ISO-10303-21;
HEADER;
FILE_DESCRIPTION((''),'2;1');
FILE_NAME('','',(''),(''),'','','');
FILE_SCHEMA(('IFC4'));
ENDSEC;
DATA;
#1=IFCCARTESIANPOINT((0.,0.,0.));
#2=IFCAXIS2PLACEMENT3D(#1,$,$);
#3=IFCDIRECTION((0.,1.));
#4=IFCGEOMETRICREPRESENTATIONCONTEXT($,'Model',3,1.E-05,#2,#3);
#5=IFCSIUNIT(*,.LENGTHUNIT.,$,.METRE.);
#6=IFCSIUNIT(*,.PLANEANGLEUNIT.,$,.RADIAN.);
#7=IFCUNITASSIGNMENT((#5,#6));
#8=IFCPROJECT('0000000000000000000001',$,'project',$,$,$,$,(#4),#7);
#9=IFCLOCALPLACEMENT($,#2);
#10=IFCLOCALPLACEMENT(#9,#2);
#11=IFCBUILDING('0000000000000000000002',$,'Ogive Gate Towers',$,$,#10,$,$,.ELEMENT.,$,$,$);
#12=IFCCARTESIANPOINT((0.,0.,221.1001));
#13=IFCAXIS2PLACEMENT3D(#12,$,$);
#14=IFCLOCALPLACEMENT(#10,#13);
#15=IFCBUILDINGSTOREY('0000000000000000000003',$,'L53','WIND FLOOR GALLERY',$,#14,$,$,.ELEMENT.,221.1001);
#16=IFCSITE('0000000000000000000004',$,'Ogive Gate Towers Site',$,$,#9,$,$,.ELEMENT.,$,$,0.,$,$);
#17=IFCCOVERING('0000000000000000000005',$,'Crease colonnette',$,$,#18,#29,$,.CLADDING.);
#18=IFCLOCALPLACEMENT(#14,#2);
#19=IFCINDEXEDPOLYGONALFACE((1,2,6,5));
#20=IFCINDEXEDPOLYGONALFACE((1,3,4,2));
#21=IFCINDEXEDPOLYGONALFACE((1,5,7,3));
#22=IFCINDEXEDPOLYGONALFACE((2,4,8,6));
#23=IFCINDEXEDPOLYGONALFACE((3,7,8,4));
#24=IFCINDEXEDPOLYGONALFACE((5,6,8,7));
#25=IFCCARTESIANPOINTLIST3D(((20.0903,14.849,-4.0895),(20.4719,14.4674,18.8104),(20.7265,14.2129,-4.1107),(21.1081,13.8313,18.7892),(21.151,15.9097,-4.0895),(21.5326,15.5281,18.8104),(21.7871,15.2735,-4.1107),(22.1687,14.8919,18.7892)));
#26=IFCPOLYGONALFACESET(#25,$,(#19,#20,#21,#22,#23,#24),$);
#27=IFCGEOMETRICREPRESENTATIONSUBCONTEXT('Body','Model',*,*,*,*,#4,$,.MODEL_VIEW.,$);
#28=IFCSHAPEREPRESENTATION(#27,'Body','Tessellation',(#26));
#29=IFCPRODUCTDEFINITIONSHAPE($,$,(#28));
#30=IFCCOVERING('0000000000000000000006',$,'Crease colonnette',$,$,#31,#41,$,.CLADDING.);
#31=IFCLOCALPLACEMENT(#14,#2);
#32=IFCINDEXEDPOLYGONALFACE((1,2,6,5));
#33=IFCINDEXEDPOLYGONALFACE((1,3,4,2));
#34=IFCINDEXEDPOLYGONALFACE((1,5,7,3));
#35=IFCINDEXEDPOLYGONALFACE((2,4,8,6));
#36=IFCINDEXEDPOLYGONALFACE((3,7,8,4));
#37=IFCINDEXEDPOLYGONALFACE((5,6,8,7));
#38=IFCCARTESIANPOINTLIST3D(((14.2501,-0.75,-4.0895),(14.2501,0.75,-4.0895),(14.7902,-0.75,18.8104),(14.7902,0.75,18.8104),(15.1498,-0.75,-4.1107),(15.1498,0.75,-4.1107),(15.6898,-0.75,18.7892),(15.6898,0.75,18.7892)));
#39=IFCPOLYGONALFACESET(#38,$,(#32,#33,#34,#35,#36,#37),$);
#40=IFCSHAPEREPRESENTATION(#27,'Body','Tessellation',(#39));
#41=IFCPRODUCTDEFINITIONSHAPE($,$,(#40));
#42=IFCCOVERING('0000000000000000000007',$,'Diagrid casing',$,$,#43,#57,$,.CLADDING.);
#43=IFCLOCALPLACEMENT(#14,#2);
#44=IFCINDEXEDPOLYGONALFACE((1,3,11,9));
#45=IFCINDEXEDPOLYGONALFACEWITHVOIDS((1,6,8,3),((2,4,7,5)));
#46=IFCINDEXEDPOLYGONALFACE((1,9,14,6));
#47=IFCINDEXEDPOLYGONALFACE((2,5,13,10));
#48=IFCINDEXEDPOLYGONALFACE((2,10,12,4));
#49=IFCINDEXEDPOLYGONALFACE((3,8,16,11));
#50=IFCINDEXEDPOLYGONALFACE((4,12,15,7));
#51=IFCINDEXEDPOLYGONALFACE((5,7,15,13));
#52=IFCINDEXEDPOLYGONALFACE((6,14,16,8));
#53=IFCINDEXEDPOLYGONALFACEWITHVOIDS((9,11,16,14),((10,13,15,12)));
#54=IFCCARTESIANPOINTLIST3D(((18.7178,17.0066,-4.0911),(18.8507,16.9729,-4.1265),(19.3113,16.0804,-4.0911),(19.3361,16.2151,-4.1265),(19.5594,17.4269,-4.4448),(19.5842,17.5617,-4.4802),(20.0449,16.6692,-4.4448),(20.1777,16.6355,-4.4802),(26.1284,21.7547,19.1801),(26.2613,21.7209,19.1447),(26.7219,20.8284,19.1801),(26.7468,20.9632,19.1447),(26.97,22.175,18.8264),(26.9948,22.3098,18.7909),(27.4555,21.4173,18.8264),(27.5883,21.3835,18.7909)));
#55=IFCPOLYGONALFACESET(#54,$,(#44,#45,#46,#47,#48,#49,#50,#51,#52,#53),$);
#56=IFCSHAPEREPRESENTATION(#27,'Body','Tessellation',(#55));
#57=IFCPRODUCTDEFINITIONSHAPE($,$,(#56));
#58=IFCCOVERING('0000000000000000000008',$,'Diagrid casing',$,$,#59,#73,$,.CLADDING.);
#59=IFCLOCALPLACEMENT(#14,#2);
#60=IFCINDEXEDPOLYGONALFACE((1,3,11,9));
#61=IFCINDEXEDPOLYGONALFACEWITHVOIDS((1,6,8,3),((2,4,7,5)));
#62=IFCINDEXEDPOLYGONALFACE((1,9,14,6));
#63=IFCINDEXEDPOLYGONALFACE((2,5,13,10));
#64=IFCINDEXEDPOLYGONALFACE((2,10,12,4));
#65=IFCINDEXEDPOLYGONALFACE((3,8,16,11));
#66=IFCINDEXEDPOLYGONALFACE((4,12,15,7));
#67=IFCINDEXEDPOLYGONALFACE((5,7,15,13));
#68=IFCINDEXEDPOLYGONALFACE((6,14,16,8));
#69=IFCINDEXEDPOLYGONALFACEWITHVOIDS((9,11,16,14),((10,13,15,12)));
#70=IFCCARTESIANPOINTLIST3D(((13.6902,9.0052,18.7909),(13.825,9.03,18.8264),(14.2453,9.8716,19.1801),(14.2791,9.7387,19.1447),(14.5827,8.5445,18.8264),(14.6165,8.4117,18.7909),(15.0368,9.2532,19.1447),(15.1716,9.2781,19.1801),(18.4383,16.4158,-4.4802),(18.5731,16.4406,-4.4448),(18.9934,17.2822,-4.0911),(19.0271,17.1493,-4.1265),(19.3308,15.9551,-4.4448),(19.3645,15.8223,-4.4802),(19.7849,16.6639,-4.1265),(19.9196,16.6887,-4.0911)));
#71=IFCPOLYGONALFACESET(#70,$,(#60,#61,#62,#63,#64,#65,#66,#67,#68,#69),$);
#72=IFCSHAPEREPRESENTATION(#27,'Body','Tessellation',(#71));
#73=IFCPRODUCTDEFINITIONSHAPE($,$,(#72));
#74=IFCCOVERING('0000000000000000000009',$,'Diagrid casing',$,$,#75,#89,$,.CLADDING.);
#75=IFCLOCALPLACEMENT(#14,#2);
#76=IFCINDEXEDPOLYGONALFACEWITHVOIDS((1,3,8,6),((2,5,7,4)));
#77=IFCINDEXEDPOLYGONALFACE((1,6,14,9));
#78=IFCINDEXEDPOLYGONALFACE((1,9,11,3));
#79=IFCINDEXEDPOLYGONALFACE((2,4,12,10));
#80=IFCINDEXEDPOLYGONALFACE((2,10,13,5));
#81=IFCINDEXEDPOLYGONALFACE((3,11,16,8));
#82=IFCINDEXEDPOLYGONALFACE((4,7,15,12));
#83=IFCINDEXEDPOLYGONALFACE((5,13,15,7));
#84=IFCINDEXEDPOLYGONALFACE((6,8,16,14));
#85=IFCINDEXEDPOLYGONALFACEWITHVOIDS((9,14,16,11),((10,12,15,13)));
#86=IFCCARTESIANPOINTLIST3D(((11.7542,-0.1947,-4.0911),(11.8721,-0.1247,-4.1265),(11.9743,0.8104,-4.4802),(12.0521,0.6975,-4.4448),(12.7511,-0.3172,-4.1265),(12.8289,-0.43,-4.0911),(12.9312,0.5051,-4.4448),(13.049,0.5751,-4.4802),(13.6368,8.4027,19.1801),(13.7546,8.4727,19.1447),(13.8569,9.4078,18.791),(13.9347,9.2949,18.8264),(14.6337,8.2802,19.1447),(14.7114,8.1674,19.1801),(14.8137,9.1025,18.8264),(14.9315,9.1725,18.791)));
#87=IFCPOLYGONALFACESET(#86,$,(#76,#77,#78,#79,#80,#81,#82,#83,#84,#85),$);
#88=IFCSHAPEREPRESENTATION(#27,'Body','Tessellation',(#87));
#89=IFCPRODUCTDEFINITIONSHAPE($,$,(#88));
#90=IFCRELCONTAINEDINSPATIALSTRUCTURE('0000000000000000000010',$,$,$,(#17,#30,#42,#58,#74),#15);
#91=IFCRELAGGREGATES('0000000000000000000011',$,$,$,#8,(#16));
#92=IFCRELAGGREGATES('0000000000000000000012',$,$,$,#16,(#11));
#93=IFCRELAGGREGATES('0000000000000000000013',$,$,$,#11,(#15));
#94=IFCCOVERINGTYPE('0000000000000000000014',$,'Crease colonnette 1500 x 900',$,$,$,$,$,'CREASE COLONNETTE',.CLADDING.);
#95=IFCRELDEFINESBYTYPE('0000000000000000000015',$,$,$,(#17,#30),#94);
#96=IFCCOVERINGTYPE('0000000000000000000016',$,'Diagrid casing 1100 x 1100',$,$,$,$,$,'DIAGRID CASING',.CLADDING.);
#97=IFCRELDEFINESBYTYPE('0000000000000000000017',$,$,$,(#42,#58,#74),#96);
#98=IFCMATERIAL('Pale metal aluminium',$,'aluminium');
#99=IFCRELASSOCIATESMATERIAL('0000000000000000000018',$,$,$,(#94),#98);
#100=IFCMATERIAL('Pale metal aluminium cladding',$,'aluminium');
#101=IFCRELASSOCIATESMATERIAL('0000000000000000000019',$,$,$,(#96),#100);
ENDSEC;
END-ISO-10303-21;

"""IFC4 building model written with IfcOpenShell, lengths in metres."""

from ifc_helpers import new_model, si_unit, direction, frame, origin, origin_2d, place, context, subcontext, project, spatial, rectangle, hollow_rectangle, extrude, material, material_profile, profile_set, type_object, element, save


model = new_model("IFC4")

# Units and contexts
model_context = context("Model", 3, precision=1e-05, world=origin(), true_north=direction((0.0, 1.0)))
body_context = subcontext(model_context, "Body", "Model", "MODEL_VIEW")
ifc_project = project(units=[si_unit("LENGTHUNIT", "METRE"), si_unit("PLANEANGLEUNIT", "RADIAN")], contexts=[model_context])

# Site, building, storey
site_placement = place(None, origin())
site = spatial("IfcSite", under=ifc_project, at=site_placement, Name="Ogive Gate Towers Site", CompositionType="ELEMENT", RefElevation=0.0)
building_placement = place(site_placement, origin())
building = spatial("IfcBuilding", under=site, at=building_placement, Name="Ogive Gate Towers", CompositionType="ELEMENT")
storey_placement = place(building_placement, frame((0.0, 0.0, 221.1001)))
storey = spatial("IfcBuildingStorey", under=building, at=storey_placement, Name="L53", Description="WIND FLOOR GALLERY", CompositionType="ELEMENT", Elevation=221.1001)

# Coverings
ifc_material_1 = material(Name="Pale metal aluminium", Category="aluminium")
ifc_material_profile_1 = material_profile(ifc_material_1, rectangle(XDim=1.5, YDim=0.8999, at=origin_2d()), Name="1500 x 900 pale metal aluminium")
ifc_profile_set_1 = profile_set([ifc_material_profile_1], Name="Pale metal aluminium")
covering_type_1 = type_object("IfcCoveringType", Name="Crease colonnette 1500 x 900", ElementType="CREASE COLONNETTE", PredefinedType="CLADDING", material=ifc_profile_set_1)
for number, where, z_axis, x_axis, name in (
    (1, (20.9387, 15.0613, -4.1001), (0.016659, -0.016659, 0.999722), (0.707107, 0.707107, 0.0), "Crease colonnette"),
    (2, (14.7, 0.0, -4.1001), (0.023576, 0.0, 0.999722), (0.0, 1.0, 0.0), "Crease colonnette"),
):
    element("IfcCovering", number, at=place(storey_placement, frame(where, z_axis=z_axis, x_axis=x_axis)), inside=storey, type_object=covering_type_1, Name=name, PredefinedType="CLADDING", context=body_context, shape_type="SweptSolid", body=[
        extrude(rectangle(XDim=1.5, YDim=0.8999, at=origin_2d()), origin(), (0.0, 0.0, 1.0), 22.9062),
    ])
ifc_material_2 = material(Name="Pale metal aluminium cladding", Category="aluminium")
ifc_material_profile_2 = material_profile(ifc_material_2, hollow_rectangle(XDim=1.1001, YDim=1.1001, WallThickness=0.1001, at=origin_2d()), Name="1100 x 1100 pale metal casing")
ifc_profile_set_2 = profile_set([ifc_material_profile_2], Name="Pale metal aluminium cladding")
covering_type_2 = type_object("IfcCoveringType", Name="Diagrid casing 1100 x 1100", ElementType="DIAGRID CASING", PredefinedType="CLADDING", material=ifc_profile_set_2)
for number, where, z_axis, x_axis, name in (
    (3, (19.4478, 16.821, -4.2856), (0.297856, 0.190838, 0.935341), (-0.539476, 0.842001, 0.0), "Diagrid casing"),
    (4, (19.179, 16.5522, -4.2856), (-0.190838, -0.297856, 0.935341), (0.842001, -0.539476, 0.0), "Diagrid casing"),
    (5, (12.4016, 0.1902, -4.2856), (0.075666, 0.345556, 0.935342), (-0.976855, 0.213901, 0.0), "Diagrid casing"),
):
    element("IfcCovering", number, at=place(storey_placement, frame(where, z_axis=z_axis, x_axis=x_axis)), inside=storey, type_object=covering_type_2, Name=name, PredefinedType="CLADDING", context=body_context, shape_type="SweptSolid", body=[
        extrude(hollow_rectangle(XDim=1.1001, YDim=1.1001, WallThickness=0.1001, at=origin_2d()), origin(), (0.0, 0.0, 1.0), 24.8799),
    ])

save(model, "model.ifc")
